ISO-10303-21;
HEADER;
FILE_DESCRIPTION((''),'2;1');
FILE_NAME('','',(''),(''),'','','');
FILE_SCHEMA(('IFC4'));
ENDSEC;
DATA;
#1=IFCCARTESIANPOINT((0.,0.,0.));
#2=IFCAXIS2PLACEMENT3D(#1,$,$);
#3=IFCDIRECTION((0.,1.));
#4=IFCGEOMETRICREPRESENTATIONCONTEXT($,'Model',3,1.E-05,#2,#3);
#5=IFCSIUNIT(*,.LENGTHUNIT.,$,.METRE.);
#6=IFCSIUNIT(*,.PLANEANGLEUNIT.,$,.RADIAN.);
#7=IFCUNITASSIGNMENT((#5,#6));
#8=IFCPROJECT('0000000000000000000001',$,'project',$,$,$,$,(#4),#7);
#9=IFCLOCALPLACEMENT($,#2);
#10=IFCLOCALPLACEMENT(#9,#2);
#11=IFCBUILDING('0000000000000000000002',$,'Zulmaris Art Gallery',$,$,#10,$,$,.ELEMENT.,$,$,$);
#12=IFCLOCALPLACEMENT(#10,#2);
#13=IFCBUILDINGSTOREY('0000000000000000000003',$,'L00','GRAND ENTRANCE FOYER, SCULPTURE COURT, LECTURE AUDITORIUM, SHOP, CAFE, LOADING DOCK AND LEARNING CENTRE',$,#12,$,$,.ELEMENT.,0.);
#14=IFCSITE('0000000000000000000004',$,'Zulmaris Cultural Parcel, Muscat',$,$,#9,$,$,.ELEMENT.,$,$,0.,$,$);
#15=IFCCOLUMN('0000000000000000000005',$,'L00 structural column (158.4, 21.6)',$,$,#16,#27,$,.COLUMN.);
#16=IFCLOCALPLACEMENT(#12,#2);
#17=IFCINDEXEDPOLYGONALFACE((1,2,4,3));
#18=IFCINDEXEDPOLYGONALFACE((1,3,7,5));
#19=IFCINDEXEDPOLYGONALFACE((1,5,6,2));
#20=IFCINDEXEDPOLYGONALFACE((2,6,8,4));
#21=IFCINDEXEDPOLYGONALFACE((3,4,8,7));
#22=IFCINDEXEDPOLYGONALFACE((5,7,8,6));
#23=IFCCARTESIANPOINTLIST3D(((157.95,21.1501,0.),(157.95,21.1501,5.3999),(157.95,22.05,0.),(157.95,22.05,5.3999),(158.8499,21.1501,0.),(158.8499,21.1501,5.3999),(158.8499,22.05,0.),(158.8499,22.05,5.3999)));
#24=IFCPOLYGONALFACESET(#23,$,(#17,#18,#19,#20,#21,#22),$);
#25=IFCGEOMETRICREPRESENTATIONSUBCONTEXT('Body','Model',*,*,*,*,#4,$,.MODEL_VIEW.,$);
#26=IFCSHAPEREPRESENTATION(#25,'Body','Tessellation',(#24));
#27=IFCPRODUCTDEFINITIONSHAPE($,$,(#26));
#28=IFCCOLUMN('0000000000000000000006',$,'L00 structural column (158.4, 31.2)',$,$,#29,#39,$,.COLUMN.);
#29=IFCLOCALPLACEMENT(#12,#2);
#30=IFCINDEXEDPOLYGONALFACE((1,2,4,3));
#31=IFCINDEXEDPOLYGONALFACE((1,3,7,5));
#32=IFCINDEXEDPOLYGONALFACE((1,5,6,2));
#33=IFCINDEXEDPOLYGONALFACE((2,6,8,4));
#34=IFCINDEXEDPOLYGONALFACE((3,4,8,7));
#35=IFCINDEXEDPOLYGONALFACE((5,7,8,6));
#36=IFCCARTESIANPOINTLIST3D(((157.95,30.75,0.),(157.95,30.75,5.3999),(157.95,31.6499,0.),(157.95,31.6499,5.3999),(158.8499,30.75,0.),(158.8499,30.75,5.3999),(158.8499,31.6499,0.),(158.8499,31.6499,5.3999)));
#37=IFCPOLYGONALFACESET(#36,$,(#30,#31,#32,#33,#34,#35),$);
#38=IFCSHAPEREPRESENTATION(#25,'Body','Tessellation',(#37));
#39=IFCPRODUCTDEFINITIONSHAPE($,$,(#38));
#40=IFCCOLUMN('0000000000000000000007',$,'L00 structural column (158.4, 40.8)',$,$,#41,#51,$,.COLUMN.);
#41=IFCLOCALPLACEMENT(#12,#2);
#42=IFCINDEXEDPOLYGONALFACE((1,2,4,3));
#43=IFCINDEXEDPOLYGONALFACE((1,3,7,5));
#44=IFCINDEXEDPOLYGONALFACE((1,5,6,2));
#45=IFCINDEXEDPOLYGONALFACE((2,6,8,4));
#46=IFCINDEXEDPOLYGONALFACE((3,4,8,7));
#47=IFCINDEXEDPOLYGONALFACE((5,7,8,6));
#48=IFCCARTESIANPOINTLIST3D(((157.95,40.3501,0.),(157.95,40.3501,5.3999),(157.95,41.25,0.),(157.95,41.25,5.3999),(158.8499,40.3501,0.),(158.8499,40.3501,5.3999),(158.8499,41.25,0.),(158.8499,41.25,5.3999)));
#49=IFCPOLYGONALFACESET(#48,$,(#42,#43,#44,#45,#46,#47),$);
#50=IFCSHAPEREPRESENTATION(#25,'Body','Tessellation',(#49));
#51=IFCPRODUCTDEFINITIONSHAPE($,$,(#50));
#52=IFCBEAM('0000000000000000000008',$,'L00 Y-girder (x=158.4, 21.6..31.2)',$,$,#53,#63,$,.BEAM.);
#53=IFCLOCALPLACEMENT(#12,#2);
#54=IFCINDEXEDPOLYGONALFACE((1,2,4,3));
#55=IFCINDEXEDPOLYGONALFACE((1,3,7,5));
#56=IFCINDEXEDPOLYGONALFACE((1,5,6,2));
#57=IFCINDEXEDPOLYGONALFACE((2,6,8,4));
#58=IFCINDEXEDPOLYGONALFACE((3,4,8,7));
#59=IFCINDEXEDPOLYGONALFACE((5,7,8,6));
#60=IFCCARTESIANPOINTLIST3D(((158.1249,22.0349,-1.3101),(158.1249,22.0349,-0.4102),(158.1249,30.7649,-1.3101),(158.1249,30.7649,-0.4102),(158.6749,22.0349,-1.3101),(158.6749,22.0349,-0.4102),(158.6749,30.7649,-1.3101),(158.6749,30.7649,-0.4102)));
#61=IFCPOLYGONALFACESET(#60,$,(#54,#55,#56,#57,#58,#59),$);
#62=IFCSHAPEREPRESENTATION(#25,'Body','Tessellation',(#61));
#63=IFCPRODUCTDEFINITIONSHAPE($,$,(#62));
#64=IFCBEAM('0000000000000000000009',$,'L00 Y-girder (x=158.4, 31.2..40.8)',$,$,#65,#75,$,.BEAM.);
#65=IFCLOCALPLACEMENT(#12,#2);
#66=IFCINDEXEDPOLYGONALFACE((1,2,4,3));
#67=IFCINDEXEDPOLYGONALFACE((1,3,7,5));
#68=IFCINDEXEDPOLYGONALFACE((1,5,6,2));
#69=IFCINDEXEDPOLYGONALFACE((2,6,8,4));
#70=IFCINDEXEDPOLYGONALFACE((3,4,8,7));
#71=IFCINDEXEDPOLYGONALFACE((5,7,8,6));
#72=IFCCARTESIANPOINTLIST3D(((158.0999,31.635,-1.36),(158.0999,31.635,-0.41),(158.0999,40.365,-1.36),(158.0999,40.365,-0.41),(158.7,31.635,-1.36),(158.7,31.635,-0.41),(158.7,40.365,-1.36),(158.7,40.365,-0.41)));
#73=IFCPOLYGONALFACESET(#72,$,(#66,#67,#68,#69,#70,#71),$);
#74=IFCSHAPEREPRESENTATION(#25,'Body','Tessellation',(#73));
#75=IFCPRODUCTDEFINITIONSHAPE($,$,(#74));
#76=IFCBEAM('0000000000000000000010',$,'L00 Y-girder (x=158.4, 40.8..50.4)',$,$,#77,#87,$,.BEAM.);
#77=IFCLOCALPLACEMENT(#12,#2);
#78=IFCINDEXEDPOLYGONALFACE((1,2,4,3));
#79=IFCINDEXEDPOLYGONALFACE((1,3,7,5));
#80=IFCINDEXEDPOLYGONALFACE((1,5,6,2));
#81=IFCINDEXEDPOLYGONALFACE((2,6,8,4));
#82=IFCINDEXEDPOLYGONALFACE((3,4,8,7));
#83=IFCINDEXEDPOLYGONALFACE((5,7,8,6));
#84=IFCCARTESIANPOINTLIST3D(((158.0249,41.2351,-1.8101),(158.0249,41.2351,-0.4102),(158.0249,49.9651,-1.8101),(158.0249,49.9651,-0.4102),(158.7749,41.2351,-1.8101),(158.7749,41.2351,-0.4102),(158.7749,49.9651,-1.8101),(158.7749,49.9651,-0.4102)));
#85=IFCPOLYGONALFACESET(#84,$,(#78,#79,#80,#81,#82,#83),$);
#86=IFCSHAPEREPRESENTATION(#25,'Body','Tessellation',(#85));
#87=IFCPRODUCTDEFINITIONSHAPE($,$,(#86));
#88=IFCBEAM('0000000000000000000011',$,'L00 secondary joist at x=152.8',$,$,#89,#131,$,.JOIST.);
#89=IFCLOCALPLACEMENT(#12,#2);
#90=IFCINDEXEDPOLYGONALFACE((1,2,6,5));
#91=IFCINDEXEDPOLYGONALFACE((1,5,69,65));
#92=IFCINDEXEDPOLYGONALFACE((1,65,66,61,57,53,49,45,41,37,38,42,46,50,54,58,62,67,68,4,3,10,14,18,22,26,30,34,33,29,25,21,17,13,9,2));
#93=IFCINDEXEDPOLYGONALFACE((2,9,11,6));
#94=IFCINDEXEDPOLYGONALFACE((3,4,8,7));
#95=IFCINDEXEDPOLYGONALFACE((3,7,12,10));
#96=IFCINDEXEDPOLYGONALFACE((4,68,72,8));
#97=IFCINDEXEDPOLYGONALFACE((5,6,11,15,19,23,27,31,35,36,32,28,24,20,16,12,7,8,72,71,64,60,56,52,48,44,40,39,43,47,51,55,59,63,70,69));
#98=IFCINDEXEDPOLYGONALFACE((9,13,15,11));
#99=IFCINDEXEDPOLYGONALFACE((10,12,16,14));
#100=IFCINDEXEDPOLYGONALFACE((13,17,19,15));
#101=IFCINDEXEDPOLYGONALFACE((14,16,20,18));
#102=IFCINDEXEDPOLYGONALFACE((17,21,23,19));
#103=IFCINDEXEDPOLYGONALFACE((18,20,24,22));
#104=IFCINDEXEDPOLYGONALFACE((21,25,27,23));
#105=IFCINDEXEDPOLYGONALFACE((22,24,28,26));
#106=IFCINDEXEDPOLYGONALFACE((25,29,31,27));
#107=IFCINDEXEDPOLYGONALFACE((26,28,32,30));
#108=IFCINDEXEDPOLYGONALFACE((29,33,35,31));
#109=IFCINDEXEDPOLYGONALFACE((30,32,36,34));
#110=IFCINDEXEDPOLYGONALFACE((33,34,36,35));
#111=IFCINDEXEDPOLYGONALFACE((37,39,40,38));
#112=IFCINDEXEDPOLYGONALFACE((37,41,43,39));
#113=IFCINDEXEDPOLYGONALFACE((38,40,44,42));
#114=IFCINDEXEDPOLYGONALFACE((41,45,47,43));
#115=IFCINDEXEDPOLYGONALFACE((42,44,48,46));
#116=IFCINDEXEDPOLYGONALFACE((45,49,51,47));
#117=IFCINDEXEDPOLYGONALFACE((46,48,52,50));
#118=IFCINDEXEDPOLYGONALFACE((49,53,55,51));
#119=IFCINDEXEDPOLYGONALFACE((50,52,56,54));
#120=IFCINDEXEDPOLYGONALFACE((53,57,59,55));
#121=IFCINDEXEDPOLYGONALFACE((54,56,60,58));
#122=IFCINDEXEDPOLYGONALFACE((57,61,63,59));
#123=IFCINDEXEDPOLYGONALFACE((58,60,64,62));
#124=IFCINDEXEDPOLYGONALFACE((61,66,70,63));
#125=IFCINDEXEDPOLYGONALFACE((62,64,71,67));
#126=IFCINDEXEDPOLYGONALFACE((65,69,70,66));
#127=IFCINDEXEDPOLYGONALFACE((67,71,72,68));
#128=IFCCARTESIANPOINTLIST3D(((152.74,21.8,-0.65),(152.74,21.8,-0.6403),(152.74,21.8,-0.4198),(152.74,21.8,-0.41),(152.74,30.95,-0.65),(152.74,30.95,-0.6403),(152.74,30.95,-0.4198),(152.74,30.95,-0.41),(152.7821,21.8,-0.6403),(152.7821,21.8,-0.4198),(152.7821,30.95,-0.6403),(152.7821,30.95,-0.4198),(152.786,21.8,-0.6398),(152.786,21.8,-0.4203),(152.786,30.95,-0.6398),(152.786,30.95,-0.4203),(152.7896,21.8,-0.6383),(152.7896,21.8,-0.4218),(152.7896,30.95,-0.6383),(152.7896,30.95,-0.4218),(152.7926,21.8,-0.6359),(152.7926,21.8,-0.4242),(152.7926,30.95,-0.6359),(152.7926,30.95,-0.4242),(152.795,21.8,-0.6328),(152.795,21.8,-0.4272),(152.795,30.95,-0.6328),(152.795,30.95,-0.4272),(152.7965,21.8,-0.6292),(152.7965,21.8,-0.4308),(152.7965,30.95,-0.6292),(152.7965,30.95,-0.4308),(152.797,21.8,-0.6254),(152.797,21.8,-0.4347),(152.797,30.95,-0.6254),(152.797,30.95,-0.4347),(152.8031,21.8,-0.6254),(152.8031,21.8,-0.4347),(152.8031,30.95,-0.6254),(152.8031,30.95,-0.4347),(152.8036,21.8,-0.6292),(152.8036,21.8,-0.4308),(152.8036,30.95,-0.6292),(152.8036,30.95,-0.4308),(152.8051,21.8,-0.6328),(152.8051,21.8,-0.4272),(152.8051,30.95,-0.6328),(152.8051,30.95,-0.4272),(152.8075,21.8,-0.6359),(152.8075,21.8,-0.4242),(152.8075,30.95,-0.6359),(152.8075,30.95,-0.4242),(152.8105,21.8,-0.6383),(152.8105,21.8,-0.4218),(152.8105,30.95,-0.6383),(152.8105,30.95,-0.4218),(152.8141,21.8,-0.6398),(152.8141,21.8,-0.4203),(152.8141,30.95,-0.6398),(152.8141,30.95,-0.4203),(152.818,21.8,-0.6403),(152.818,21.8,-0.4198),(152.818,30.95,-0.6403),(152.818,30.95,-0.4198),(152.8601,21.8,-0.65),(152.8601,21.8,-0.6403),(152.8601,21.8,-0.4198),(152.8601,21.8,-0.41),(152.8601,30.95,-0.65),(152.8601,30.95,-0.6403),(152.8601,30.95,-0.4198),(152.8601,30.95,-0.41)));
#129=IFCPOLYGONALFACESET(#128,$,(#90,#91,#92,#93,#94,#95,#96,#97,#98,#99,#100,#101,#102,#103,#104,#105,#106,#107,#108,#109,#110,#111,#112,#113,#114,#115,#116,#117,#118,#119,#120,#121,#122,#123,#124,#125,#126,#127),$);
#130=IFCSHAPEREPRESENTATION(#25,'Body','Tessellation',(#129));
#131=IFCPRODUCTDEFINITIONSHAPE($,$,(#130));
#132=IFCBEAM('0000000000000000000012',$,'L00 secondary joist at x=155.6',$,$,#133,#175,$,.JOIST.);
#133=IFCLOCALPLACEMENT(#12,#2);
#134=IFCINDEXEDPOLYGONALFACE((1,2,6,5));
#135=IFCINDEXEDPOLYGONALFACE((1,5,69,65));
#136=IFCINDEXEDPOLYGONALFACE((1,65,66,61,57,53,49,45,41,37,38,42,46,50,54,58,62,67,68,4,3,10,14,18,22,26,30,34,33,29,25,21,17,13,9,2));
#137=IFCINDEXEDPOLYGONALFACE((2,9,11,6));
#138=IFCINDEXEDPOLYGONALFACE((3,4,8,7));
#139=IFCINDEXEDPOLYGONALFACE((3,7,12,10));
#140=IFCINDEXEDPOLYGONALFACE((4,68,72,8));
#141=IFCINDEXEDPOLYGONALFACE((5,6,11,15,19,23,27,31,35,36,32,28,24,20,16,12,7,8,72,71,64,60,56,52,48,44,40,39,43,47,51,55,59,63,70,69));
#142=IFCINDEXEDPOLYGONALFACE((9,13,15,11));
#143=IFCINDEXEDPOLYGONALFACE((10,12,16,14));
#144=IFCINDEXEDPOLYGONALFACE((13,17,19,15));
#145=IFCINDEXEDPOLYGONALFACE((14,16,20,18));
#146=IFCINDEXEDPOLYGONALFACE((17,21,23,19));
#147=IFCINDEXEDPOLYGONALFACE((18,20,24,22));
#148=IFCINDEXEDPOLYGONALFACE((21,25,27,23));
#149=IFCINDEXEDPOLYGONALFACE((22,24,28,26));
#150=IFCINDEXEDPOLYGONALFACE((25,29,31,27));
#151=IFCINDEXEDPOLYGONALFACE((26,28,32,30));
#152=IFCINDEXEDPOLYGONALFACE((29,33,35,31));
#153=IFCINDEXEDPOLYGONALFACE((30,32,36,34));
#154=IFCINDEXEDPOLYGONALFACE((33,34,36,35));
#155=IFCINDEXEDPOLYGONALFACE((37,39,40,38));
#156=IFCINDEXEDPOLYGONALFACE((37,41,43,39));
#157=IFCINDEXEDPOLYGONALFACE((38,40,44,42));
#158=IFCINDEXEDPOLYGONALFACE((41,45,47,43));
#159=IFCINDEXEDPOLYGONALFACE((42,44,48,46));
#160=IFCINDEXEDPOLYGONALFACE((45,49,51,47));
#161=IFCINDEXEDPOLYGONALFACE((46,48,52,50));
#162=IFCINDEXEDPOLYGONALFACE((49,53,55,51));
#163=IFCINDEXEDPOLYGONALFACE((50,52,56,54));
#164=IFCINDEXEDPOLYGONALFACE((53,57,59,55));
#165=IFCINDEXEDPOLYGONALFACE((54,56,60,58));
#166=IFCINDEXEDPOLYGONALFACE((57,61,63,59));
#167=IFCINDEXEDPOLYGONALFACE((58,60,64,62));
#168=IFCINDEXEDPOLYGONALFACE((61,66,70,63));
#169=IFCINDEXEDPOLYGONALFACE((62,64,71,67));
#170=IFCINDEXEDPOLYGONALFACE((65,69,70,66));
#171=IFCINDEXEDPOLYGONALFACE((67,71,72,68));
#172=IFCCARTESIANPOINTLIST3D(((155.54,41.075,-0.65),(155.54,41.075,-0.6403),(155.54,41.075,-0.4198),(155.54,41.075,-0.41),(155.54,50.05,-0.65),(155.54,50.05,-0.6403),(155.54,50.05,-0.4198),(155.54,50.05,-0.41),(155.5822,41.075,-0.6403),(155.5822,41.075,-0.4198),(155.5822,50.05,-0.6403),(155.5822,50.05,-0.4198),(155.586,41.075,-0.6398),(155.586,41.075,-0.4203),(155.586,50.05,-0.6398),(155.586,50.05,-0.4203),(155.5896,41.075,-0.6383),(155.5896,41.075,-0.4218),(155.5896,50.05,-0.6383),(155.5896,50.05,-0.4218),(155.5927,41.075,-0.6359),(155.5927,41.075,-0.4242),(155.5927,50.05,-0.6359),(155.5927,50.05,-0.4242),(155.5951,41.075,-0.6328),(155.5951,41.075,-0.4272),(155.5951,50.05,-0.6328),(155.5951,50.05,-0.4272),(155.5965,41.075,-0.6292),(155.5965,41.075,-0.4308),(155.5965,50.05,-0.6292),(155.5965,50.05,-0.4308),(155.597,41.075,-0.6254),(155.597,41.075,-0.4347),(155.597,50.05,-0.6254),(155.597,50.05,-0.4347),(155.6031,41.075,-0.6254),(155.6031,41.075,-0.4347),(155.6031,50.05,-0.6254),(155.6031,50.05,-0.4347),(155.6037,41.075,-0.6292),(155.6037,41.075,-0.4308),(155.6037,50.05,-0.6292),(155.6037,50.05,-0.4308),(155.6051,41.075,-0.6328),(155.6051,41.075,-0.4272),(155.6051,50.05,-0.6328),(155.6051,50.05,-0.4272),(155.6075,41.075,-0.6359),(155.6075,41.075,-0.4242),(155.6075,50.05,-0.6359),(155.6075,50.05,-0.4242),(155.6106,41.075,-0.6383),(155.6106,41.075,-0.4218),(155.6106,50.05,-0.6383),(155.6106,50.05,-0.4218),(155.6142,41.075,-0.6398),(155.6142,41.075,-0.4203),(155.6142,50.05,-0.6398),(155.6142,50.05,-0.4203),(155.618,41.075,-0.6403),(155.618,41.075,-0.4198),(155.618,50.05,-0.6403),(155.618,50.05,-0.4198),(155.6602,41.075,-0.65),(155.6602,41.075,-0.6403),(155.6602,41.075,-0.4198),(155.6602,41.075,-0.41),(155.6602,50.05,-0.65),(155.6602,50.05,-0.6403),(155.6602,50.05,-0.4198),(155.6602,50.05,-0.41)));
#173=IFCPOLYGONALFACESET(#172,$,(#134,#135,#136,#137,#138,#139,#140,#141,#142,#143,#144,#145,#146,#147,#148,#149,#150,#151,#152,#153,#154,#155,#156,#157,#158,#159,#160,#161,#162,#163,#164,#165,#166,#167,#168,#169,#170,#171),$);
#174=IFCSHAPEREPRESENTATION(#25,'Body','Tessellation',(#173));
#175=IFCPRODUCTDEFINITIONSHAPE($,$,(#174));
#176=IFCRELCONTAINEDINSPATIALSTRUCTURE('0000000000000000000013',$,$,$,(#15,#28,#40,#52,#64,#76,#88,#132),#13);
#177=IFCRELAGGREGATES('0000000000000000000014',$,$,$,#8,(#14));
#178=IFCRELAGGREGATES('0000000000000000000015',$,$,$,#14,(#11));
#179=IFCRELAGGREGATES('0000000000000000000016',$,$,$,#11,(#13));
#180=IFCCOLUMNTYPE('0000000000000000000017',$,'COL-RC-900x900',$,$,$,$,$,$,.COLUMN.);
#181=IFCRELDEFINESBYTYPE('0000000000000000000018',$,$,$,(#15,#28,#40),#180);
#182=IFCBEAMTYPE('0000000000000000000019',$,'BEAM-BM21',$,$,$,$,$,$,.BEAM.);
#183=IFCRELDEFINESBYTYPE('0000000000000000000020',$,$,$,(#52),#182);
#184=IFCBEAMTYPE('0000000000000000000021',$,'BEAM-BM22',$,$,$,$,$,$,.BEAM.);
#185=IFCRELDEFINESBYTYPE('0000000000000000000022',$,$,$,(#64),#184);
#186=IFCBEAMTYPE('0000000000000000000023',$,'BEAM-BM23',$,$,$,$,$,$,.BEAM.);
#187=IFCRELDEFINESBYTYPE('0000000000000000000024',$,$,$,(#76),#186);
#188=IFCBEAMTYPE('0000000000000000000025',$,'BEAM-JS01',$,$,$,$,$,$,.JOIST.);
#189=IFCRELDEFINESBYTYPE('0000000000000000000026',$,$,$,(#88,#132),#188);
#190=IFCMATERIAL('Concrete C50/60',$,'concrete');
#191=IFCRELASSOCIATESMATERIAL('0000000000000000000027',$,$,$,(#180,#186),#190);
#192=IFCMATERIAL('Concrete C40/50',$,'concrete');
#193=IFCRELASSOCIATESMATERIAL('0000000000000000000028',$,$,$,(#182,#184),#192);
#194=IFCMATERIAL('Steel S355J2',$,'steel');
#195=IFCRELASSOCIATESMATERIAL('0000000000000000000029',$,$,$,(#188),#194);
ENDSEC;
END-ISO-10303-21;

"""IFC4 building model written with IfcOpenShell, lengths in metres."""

from ifc_helpers import new_model, si_unit, direction, frame, origin, origin_2d, place, context, subcontext, project, spatial, rectangle, i_section, extrude, material, material_profile, profile_set, type_object, element, save


model = new_model("IFC4")

# Units and contexts
model_context = context("Model", 3, precision=1e-05, world=origin(), true_north=direction((0.0, 1.0)))
body_context = subcontext(model_context, "Body", "Model", "MODEL_VIEW")
ifc_project = project(units=[si_unit("LENGTHUNIT", "METRE"), si_unit("PLANEANGLEUNIT", "RADIAN")], contexts=[model_context])

# Site, building, storey
site_placement = place(None, origin())
site = spatial("IfcSite", under=ifc_project, at=site_placement, Name="Zulmaris Cultural Parcel, Muscat", CompositionType="ELEMENT", RefElevation=0.0)
building_placement = place(site_placement, origin())
building = spatial("IfcBuilding", under=site, at=building_placement, Name="Zulmaris Art Gallery", CompositionType="ELEMENT")
storey_placement = place(building_placement, origin())
storey = spatial("IfcBuildingStorey", under=building, at=storey_placement, Name="L00", Description="GRAND ENTRANCE FOYER, SCULPTURE COURT, LECTURE AUDITORIUM, SHOP, CAFE, LOADING DOCK AND LEARNING CENTRE", CompositionType="ELEMENT", Elevation=0.0)

# Columns
ifc_material_1 = material(Name="Concrete C50/60", Category="concrete")
ifc_material_profile_1 = material_profile(ifc_material_1, rectangle(XDim=0.8999, YDim=0.8999, at=origin_2d()), Name="RC 900x900")
ifc_profile_set_1 = profile_set([ifc_material_profile_1], Name="Concrete C50/60")
column_type = type_object("IfcColumnType", Name="COL-RC-900x900", PredefinedType="COLUMN", material=ifc_profile_set_1)
for number, where, z_axis, x_axis, name in (
    (1, (158.3999, 21.6001, 0.0), (0.0, 0.0, 1.0), (1.0, 0.0, 0.0), "L00 structural column (158.4, 21.6)"),
    (2, (158.3999, 31.2, 0.0), (0.0, 0.0, 1.0), (1.0, 0.0, 0.0), "L00 structural column (158.4, 31.2)"),
    (3, (158.3999, 40.8, 0.0), (0.0, 0.0, 1.0), (1.0, 0.0, 0.0), "L00 structural column (158.4, 40.8)"),
):
    element("IfcColumn", number, at=place(storey_placement, frame(where, z_axis=z_axis, x_axis=x_axis)), inside=storey, type_object=column_type, Name=name, PredefinedType="COLUMN", context=body_context, shape_type="SweptSolid", body=[
        extrude(rectangle(XDim=0.8999, YDim=0.8999, at=origin_2d()), origin(), (0.0, 0.0, 1.0), 5.3999),
    ])

# Beams
ifc_material_2 = material(Name="Concrete C40/50", Category="concrete")
ifc_material_profile_2 = material_profile(ifc_material_2, rectangle(XDim=0.55, YDim=0.8999, at=origin_2d()), Name="RC 550x900")
ifc_profile_set_2 = profile_set([ifc_material_profile_2], Name="Concrete C40/50")
beam_type_1 = type_object("IfcBeamType", Name="BEAM-BM21", PredefinedType="BEAM", material=ifc_profile_set_2)
beam_1_placement = place(storey_placement, frame((158.3999, 22.0349, -0.8601), z_axis=(0.0, 1.0, 0.0), x_axis=(-1.0, 0.0, 0.0)))
element("IfcBeam", 4, at=beam_1_placement, inside=storey, type_object=beam_type_1, Name="L00 Y-girder (x=158.4, 21.6..31.2)", PredefinedType="BEAM", context=body_context, shape_type="SweptSolid", body=[
    extrude(rectangle(XDim=0.55, YDim=0.8999, at=origin_2d()), origin(), (0.0, 0.0, 1.0), 8.73),
])
ifc_material_profile_3 = material_profile(ifc_material_2, rectangle(XDim=0.6001, YDim=0.95, at=origin_2d()), Name="RC 600x950")
ifc_profile_set_3 = profile_set([ifc_material_profile_3], Name="Concrete C40/50")
beam_type_2 = type_object("IfcBeamType", Name="BEAM-BM22", PredefinedType="BEAM", material=ifc_profile_set_3)
beam_2_placement = place(storey_placement, frame((158.3999, 31.635, -0.885), z_axis=(0.0, 1.0, 0.0), x_axis=(-1.0, 0.0, 0.0)))
element("IfcBeam", 5, at=beam_2_placement, inside=storey, type_object=beam_type_2, Name="L00 Y-girder (x=158.4, 31.2..40.8)", PredefinedType="BEAM", context=body_context, shape_type="SweptSolid", body=[
    extrude(rectangle(XDim=0.6001, YDim=0.95, at=origin_2d()), origin(), (0.0, 0.0, 1.0), 8.73),
])
ifc_material_profile_4 = material_profile(ifc_material_1, rectangle(XDim=0.75, YDim=1.3999, at=origin_2d()), Name="RC 750x1400")
ifc_profile_set_4 = profile_set([ifc_material_profile_4], Name="Concrete C50/60")
beam_type_3 = type_object("IfcBeamType", Name="BEAM-BM23", PredefinedType="BEAM", material=ifc_profile_set_4)
beam_3_placement = place(storey_placement, frame((158.3999, 41.2351, -1.1101), z_axis=(0.0, 1.0, 0.0), x_axis=(-1.0, 0.0, 0.0)))
element("IfcBeam", 6, at=beam_3_placement, inside=storey, type_object=beam_type_3, Name="L00 Y-girder (x=158.4, 40.8..50.4)", PredefinedType="BEAM", context=body_context, shape_type="SweptSolid", body=[
    extrude(rectangle(XDim=0.75, YDim=1.3999, at=origin_2d()), origin(), (0.0, 0.0, 1.0), 8.73),
])
ifc_material_3 = material(Name="Steel S355J2", Category="steel")
ifc_material_profile_5 = material_profile(ifc_material_3, i_section(OverallWidth=0.1201, OverallDepth=0.24, WebThickness=0.0061, FlangeThickness=0.0098, FilletRadius=0.0149, at=origin_2d()), Name="IPE 240")
ifc_profile_set_5 = profile_set([ifc_material_profile_5], Name="Steel S355J2")
beam_type_4 = type_object("IfcBeamType", Name="BEAM-JS01", PredefinedType="JOIST", material=ifc_profile_set_5)
beam_4_placement = place(storey_placement, frame((152.8, 21.8, -0.53), z_axis=(0.0, 1.0, 0.0), x_axis=(-1.0, 0.0, 0.0)))
element("IfcBeam", 7, at=beam_4_placement, inside=storey, type_object=beam_type_4, Name="L00 secondary joist at x=152.8", PredefinedType="JOIST", context=body_context, shape_type="SweptSolid", body=[
    extrude(i_section(OverallWidth=0.1201, OverallDepth=0.24, WebThickness=0.0061, FlangeThickness=0.0098, FilletRadius=0.0149, at=origin_2d()), origin(), (0.0, 0.0, 1.0), 9.1499),
])
beam_5_placement = place(storey_placement, frame((155.6001, 41.075, -0.53), z_axis=(0.0, 1.0, 0.0), x_axis=(-1.0, 0.0, 0.0)))
element("IfcBeam", 8, at=beam_5_placement, inside=storey, type_object=beam_type_4, Name="L00 secondary joist at x=155.6", PredefinedType="JOIST", context=body_context, shape_type="SweptSolid", body=[
    extrude(i_section(OverallWidth=0.1201, OverallDepth=0.24, WebThickness=0.0061, FlangeThickness=0.0098, FilletRadius=0.0149, at=origin_2d()), origin(), (0.0, 0.0, 1.0), 8.9751),
])

save(model, "model.ifc")
